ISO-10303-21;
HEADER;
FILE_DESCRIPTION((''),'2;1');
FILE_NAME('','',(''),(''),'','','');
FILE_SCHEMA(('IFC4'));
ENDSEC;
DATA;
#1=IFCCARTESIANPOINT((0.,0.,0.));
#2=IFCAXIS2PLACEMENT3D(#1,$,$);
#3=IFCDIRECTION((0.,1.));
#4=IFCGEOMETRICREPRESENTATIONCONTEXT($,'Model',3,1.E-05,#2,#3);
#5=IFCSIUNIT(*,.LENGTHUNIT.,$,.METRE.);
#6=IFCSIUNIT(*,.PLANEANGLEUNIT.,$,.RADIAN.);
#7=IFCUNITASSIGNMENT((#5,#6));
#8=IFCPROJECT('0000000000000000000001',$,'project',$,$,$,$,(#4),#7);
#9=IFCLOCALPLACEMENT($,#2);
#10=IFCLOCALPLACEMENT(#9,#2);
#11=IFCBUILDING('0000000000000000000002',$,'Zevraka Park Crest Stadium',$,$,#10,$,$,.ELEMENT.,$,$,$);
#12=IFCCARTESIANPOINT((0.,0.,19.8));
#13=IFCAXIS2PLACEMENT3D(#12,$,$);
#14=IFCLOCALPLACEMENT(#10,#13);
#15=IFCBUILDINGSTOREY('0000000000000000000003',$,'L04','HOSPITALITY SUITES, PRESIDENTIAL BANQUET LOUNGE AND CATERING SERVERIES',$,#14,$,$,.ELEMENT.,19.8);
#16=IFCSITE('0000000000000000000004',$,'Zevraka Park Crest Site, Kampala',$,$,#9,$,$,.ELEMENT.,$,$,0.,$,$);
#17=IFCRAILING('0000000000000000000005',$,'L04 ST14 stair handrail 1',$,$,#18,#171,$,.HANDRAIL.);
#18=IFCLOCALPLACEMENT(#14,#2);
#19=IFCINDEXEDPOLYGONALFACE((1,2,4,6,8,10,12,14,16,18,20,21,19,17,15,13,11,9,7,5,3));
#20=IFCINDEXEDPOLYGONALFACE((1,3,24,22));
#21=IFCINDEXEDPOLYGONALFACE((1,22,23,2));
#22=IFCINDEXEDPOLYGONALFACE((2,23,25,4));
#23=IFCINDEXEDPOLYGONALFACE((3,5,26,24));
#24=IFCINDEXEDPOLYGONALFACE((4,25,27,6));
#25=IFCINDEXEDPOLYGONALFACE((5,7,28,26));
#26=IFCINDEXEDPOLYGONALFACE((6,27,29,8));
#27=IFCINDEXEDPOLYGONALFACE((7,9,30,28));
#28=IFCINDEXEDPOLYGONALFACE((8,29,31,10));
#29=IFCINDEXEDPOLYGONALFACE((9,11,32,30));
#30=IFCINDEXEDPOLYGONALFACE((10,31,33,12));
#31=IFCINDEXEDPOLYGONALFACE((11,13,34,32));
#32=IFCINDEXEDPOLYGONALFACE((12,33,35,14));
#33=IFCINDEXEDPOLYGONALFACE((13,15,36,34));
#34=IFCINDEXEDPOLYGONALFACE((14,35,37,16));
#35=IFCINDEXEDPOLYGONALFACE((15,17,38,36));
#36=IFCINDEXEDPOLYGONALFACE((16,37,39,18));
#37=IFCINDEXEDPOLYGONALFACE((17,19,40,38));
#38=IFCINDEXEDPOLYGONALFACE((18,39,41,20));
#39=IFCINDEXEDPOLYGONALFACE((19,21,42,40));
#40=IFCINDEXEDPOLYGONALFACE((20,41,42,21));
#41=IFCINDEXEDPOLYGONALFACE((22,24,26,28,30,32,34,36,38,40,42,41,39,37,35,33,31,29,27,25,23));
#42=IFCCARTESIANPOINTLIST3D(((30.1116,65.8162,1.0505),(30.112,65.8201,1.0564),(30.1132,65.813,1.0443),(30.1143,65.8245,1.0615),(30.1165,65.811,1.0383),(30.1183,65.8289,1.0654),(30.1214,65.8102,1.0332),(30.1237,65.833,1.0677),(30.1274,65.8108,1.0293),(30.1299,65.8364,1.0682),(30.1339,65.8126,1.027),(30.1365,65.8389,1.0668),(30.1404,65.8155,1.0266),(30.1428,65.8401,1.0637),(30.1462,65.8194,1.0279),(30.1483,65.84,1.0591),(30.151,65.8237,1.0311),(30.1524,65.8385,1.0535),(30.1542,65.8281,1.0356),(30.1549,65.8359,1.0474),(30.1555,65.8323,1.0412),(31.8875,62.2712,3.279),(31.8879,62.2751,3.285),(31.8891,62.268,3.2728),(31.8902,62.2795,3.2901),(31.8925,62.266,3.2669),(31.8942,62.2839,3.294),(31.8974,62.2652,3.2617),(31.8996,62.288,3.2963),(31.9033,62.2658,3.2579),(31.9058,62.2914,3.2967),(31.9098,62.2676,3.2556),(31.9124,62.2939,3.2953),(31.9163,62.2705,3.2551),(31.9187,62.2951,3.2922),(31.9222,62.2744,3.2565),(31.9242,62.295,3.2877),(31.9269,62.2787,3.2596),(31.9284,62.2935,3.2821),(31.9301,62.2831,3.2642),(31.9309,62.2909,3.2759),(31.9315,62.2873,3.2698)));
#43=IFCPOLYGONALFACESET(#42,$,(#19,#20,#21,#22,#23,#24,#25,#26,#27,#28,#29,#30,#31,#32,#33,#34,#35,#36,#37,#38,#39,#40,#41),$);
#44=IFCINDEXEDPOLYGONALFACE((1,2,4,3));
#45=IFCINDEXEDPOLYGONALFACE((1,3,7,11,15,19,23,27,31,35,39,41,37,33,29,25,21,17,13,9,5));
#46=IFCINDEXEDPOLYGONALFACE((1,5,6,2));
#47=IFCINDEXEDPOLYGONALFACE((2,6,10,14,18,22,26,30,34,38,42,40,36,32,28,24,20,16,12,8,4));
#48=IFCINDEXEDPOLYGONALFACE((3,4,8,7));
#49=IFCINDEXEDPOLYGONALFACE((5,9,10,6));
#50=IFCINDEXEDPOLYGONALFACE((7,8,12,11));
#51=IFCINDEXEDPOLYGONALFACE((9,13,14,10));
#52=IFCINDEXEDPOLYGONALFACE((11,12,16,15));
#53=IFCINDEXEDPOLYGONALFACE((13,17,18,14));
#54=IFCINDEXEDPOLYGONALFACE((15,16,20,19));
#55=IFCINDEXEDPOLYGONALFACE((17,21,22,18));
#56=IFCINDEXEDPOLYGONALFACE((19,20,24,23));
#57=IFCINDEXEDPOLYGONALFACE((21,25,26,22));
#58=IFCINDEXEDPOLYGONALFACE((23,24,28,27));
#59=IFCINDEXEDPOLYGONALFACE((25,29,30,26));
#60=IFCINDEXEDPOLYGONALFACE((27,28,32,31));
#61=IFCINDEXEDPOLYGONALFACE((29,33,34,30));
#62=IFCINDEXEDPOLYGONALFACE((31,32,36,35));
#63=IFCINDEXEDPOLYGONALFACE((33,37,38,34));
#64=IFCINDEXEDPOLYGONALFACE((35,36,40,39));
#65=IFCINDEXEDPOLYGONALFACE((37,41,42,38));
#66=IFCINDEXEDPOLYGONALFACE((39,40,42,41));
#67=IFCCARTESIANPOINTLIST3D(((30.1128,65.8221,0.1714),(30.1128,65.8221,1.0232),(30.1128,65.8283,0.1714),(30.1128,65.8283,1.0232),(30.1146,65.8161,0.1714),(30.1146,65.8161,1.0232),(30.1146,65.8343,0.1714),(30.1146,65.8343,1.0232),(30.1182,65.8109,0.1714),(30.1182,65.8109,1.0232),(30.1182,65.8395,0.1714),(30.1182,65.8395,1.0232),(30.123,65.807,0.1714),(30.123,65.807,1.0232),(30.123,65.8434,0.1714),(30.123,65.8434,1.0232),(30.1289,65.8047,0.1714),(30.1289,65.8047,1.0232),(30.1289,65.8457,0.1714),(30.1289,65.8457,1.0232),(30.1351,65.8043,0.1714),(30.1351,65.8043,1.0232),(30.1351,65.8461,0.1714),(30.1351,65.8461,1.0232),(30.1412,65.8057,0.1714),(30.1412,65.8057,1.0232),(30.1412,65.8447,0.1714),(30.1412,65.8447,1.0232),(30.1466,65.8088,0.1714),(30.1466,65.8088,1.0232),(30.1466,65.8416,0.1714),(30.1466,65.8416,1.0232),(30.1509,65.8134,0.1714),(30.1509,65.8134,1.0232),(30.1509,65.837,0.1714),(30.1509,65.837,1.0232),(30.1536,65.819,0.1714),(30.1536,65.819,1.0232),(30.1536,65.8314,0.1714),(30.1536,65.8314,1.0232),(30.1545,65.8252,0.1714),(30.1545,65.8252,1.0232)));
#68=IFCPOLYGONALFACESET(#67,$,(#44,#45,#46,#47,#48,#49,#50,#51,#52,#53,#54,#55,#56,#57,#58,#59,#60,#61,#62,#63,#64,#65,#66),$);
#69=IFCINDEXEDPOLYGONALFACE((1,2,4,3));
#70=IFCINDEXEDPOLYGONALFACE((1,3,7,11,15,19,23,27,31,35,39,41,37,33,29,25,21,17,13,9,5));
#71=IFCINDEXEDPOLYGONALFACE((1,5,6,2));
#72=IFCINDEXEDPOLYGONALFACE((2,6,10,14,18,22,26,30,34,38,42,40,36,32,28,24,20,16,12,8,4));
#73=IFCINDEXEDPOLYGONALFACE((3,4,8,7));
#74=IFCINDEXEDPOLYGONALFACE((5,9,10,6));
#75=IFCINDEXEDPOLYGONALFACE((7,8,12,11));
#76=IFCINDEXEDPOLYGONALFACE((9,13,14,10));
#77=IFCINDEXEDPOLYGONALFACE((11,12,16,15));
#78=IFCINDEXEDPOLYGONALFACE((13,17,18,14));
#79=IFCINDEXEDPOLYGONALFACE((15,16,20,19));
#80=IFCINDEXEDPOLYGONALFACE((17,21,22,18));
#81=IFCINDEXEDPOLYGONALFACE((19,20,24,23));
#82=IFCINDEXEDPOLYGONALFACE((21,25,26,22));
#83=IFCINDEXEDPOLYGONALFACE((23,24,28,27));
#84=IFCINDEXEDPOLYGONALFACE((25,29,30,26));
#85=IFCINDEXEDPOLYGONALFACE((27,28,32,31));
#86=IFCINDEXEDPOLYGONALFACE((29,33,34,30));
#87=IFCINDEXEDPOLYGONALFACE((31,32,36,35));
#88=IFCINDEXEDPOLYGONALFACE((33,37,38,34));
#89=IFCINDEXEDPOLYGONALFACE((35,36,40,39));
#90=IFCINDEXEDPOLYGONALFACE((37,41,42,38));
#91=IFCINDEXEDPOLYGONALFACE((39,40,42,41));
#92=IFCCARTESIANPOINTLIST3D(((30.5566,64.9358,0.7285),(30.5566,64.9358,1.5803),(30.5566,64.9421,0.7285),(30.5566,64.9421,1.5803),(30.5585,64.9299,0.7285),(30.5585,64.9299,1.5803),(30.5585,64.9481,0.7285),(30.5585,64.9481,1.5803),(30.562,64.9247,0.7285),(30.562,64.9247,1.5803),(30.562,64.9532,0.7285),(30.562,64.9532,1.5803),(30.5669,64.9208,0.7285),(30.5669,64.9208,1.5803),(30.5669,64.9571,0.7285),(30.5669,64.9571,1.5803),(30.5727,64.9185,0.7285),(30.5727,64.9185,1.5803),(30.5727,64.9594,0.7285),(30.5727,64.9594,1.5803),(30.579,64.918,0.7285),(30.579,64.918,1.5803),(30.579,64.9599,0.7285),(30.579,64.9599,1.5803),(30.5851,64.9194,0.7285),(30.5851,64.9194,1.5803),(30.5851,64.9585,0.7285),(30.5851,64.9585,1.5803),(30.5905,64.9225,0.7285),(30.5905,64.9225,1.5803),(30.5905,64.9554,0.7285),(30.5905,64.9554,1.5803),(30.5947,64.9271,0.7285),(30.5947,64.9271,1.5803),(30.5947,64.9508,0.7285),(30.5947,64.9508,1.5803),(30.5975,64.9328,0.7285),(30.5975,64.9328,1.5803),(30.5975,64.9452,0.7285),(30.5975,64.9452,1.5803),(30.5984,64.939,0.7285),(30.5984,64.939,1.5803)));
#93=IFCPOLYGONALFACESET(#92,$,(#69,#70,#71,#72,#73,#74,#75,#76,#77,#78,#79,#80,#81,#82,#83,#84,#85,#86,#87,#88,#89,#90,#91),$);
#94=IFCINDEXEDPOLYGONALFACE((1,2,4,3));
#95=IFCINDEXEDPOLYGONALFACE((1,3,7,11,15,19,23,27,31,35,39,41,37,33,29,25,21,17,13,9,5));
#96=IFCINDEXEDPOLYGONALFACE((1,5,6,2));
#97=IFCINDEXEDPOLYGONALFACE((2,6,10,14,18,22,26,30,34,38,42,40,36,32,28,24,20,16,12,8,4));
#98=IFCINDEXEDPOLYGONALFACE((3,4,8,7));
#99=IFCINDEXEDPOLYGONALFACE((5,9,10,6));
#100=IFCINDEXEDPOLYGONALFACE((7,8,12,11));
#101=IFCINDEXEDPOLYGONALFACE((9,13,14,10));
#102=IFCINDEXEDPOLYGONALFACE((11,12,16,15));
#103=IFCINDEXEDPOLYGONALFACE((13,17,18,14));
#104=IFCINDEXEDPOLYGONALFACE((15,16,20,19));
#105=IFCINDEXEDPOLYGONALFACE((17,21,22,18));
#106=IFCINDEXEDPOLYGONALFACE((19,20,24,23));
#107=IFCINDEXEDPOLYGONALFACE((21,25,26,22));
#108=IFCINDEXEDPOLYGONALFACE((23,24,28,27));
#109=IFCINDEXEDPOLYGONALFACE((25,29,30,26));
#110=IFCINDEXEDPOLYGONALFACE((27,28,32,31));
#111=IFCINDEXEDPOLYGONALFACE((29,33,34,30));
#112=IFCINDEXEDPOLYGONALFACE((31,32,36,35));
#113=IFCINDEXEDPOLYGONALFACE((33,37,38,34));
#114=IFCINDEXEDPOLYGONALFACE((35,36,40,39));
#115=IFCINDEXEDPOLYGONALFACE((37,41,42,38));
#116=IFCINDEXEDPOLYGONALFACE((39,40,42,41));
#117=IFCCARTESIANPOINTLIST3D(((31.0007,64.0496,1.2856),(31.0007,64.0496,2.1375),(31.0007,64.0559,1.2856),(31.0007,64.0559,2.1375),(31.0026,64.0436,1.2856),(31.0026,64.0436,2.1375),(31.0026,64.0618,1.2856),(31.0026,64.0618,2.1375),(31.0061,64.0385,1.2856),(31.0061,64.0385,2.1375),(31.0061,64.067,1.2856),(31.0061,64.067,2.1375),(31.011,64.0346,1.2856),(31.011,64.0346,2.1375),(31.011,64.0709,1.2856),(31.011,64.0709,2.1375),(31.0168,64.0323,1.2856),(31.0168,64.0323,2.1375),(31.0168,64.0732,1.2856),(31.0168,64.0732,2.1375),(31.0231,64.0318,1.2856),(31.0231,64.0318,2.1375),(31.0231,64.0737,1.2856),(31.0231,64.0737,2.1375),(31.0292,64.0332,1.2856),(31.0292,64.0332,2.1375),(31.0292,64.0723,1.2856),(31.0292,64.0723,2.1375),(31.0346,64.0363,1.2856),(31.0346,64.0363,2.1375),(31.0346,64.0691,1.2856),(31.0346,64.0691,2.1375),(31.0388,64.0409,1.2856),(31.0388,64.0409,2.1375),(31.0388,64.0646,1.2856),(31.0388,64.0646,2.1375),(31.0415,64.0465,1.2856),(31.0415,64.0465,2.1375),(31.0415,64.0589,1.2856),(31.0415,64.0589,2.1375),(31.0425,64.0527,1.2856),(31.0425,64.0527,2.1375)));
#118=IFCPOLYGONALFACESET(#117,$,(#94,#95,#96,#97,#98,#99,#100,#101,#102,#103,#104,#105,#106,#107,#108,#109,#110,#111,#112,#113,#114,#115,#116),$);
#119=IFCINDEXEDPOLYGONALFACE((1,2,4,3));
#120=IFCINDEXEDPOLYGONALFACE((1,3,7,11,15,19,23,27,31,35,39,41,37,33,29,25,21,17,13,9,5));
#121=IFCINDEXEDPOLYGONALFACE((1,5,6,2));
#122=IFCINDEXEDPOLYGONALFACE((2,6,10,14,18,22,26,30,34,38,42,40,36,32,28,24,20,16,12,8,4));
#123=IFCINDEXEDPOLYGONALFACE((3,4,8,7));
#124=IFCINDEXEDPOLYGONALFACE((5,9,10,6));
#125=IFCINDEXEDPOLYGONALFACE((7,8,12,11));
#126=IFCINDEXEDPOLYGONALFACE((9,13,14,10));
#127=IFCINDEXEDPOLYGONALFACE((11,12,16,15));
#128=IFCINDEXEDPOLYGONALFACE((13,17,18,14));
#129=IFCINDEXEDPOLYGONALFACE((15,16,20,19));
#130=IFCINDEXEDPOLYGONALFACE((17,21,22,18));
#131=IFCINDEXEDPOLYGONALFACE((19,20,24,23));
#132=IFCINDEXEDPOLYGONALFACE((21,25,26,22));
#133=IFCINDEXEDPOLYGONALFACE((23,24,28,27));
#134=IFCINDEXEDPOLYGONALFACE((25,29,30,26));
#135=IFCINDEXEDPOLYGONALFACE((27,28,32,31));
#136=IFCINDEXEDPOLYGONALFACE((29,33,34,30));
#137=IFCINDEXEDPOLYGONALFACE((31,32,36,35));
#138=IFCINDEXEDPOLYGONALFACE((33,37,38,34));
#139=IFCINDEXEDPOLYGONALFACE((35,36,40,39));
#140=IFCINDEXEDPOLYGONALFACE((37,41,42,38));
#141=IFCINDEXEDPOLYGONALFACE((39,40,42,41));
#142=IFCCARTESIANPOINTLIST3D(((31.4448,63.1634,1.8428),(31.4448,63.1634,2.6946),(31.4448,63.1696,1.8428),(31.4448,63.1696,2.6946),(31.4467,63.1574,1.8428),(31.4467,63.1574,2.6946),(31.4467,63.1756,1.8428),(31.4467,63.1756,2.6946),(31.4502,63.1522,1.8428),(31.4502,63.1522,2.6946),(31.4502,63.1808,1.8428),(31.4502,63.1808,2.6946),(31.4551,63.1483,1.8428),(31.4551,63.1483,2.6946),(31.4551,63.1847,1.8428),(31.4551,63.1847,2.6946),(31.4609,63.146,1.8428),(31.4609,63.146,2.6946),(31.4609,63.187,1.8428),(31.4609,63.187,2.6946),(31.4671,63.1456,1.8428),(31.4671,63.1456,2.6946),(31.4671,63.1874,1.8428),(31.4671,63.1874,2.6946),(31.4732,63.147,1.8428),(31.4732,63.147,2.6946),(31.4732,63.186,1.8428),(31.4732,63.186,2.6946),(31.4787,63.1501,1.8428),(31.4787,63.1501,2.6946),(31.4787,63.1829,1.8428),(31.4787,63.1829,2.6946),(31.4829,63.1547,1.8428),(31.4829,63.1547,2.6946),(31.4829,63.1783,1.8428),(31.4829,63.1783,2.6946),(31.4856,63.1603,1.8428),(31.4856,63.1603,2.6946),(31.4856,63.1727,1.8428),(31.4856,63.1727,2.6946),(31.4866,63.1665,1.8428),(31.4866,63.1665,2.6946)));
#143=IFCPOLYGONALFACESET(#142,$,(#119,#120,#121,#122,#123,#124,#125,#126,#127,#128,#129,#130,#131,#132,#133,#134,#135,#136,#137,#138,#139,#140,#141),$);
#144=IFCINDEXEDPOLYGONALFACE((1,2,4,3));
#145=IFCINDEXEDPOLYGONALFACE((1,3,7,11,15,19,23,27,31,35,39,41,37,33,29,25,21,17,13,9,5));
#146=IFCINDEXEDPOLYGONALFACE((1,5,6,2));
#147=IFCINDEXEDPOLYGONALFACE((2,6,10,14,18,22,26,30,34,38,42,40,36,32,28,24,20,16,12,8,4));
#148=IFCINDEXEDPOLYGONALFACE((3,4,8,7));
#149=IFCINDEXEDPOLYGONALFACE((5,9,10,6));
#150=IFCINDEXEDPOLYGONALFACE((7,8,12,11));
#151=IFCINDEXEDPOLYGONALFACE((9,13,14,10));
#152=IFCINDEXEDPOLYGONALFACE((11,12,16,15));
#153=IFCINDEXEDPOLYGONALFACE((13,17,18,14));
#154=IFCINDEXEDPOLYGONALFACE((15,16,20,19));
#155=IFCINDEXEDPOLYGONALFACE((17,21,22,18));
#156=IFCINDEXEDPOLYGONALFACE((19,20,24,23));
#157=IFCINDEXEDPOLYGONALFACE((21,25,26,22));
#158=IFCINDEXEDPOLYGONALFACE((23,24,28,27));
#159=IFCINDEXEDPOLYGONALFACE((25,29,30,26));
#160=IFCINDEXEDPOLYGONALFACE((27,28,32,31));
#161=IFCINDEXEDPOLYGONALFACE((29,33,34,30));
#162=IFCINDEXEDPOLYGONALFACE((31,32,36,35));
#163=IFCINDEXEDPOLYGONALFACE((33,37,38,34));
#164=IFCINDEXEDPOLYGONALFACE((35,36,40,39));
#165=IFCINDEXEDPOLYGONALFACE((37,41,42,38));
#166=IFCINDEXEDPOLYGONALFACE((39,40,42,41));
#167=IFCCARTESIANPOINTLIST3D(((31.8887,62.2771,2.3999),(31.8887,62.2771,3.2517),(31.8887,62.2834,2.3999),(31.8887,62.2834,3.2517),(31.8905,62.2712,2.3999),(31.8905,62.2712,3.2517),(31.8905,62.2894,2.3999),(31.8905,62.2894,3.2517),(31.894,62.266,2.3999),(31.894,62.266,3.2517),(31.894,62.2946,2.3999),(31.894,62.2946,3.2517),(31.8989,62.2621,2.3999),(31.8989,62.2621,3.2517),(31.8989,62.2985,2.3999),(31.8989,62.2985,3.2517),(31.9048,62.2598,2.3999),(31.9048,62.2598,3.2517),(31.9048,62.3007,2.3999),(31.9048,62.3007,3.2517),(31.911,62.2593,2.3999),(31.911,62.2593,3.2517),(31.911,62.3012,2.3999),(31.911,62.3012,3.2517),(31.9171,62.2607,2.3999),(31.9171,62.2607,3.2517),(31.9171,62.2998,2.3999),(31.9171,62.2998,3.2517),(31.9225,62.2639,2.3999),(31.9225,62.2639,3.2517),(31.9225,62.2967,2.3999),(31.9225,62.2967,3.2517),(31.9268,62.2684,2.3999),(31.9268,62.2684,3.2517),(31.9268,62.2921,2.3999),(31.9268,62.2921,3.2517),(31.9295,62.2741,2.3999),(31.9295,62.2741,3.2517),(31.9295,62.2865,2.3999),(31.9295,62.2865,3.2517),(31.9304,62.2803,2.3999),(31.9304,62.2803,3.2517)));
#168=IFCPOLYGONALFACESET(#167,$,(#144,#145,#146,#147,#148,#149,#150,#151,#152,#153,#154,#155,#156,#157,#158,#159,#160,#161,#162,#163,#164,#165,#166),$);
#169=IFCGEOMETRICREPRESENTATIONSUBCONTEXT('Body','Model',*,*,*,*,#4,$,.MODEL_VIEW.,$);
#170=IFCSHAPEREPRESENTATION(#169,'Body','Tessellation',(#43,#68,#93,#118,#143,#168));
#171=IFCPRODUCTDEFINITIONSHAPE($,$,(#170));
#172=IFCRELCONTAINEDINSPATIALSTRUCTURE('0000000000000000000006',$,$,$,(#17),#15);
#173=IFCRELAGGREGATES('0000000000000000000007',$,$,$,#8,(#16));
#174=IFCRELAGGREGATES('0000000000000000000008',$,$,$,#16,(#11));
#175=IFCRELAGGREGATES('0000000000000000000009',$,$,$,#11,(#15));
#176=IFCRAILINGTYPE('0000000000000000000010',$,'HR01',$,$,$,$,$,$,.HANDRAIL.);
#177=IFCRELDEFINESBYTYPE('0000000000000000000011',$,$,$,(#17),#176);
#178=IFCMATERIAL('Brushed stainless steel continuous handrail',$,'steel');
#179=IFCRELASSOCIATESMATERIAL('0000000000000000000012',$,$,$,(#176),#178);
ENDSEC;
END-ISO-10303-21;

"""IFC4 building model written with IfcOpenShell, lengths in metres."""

from ifc_helpers import new_model, si_unit, direction, frame, origin, origin_2d, place, context, subcontext, project, spatial, circle, extrude, material, type_object, element, save


model = new_model("IFC4")

# Units and contexts
model_context = context("Model", 3, precision=1e-05, world=origin(), true_north=direction((0.0, 1.0)))
body_context = subcontext(model_context, "Body", "Model", "MODEL_VIEW")
ifc_project = project(units=[si_unit("LENGTHUNIT", "METRE"), si_unit("PLANEANGLEUNIT", "RADIAN")], contexts=[model_context])

# Site, building, storey
site_placement = place(None, origin())
site = spatial("IfcSite", under=ifc_project, at=site_placement, Name="Zevraka Park Crest Site, Kampala", CompositionType="ELEMENT", RefElevation=0.0)
building_placement = place(site_placement, origin())
building = spatial("IfcBuilding", under=site, at=building_placement, Name="Zevraka Park Crest Stadium", CompositionType="ELEMENT")
storey_placement = place(building_placement, frame((0.0, 0.0, 19.8)))
storey = spatial("IfcBuildingStorey", under=building, at=storey_placement, Name="L04", Description="HOSPITALITY SUITES, PRESIDENTIAL BANQUET LOUNGE AND CATERING SERVERIES", CompositionType="ELEMENT", Elevation=19.8)

# Railing
ifc_material_1 = material(Name="Brushed stainless steel continuous handrail", Category="steel")
railing_type_1 = type_object("IfcRailingType", Name="HR01", PredefinedType="HANDRAIL", material=ifc_material_1)
railing_1_placement = place(storey_placement, frame((30.1335, 65.8252, 0.1714)))
element("IfcRailing", 1, at=railing_1_placement, inside=storey, type_object=railing_type_1, Name="L04 ST14 stair handrail 1", PredefinedType="HANDRAIL", context=body_context, shape_type="SweptSolid", body=[
    extrude(circle(Radius=0.0239, at=origin_2d()), frame((0.0, 0.0, 0.876), z_axis=(0.390454, -0.779405, 0.489973), x_axis=(0.894082, 0.447903, 0.0)), (0.0, 0.0, 1.0), 4.5483),
    extrude(circle(Radius=0.021, at=origin_2d()), origin(), (0.0, 0.0, 1.0), 0.8518),
    extrude(circle(Radius=0.021, at=origin_2d()), frame((0.4438, -0.8862, 0.5571)), (0.0, 0.0, 1.0), 0.8518),
    extrude(circle(Radius=0.021, at=origin_2d()), frame((0.8879, -1.7725, 1.1143)), (0.0, 0.0, 1.0), 0.8518),
    extrude(circle(Radius=0.021, at=origin_2d()), frame((1.332, -2.6587, 1.6714)), (0.0, 0.0, 1.0), 0.8518),
    extrude(circle(Radius=0.021, at=origin_2d()), frame((1.7759, -3.5449, 2.2285)), (0.0, 0.0, 1.0), 0.8518),
])

save(model, "model.ifc")
